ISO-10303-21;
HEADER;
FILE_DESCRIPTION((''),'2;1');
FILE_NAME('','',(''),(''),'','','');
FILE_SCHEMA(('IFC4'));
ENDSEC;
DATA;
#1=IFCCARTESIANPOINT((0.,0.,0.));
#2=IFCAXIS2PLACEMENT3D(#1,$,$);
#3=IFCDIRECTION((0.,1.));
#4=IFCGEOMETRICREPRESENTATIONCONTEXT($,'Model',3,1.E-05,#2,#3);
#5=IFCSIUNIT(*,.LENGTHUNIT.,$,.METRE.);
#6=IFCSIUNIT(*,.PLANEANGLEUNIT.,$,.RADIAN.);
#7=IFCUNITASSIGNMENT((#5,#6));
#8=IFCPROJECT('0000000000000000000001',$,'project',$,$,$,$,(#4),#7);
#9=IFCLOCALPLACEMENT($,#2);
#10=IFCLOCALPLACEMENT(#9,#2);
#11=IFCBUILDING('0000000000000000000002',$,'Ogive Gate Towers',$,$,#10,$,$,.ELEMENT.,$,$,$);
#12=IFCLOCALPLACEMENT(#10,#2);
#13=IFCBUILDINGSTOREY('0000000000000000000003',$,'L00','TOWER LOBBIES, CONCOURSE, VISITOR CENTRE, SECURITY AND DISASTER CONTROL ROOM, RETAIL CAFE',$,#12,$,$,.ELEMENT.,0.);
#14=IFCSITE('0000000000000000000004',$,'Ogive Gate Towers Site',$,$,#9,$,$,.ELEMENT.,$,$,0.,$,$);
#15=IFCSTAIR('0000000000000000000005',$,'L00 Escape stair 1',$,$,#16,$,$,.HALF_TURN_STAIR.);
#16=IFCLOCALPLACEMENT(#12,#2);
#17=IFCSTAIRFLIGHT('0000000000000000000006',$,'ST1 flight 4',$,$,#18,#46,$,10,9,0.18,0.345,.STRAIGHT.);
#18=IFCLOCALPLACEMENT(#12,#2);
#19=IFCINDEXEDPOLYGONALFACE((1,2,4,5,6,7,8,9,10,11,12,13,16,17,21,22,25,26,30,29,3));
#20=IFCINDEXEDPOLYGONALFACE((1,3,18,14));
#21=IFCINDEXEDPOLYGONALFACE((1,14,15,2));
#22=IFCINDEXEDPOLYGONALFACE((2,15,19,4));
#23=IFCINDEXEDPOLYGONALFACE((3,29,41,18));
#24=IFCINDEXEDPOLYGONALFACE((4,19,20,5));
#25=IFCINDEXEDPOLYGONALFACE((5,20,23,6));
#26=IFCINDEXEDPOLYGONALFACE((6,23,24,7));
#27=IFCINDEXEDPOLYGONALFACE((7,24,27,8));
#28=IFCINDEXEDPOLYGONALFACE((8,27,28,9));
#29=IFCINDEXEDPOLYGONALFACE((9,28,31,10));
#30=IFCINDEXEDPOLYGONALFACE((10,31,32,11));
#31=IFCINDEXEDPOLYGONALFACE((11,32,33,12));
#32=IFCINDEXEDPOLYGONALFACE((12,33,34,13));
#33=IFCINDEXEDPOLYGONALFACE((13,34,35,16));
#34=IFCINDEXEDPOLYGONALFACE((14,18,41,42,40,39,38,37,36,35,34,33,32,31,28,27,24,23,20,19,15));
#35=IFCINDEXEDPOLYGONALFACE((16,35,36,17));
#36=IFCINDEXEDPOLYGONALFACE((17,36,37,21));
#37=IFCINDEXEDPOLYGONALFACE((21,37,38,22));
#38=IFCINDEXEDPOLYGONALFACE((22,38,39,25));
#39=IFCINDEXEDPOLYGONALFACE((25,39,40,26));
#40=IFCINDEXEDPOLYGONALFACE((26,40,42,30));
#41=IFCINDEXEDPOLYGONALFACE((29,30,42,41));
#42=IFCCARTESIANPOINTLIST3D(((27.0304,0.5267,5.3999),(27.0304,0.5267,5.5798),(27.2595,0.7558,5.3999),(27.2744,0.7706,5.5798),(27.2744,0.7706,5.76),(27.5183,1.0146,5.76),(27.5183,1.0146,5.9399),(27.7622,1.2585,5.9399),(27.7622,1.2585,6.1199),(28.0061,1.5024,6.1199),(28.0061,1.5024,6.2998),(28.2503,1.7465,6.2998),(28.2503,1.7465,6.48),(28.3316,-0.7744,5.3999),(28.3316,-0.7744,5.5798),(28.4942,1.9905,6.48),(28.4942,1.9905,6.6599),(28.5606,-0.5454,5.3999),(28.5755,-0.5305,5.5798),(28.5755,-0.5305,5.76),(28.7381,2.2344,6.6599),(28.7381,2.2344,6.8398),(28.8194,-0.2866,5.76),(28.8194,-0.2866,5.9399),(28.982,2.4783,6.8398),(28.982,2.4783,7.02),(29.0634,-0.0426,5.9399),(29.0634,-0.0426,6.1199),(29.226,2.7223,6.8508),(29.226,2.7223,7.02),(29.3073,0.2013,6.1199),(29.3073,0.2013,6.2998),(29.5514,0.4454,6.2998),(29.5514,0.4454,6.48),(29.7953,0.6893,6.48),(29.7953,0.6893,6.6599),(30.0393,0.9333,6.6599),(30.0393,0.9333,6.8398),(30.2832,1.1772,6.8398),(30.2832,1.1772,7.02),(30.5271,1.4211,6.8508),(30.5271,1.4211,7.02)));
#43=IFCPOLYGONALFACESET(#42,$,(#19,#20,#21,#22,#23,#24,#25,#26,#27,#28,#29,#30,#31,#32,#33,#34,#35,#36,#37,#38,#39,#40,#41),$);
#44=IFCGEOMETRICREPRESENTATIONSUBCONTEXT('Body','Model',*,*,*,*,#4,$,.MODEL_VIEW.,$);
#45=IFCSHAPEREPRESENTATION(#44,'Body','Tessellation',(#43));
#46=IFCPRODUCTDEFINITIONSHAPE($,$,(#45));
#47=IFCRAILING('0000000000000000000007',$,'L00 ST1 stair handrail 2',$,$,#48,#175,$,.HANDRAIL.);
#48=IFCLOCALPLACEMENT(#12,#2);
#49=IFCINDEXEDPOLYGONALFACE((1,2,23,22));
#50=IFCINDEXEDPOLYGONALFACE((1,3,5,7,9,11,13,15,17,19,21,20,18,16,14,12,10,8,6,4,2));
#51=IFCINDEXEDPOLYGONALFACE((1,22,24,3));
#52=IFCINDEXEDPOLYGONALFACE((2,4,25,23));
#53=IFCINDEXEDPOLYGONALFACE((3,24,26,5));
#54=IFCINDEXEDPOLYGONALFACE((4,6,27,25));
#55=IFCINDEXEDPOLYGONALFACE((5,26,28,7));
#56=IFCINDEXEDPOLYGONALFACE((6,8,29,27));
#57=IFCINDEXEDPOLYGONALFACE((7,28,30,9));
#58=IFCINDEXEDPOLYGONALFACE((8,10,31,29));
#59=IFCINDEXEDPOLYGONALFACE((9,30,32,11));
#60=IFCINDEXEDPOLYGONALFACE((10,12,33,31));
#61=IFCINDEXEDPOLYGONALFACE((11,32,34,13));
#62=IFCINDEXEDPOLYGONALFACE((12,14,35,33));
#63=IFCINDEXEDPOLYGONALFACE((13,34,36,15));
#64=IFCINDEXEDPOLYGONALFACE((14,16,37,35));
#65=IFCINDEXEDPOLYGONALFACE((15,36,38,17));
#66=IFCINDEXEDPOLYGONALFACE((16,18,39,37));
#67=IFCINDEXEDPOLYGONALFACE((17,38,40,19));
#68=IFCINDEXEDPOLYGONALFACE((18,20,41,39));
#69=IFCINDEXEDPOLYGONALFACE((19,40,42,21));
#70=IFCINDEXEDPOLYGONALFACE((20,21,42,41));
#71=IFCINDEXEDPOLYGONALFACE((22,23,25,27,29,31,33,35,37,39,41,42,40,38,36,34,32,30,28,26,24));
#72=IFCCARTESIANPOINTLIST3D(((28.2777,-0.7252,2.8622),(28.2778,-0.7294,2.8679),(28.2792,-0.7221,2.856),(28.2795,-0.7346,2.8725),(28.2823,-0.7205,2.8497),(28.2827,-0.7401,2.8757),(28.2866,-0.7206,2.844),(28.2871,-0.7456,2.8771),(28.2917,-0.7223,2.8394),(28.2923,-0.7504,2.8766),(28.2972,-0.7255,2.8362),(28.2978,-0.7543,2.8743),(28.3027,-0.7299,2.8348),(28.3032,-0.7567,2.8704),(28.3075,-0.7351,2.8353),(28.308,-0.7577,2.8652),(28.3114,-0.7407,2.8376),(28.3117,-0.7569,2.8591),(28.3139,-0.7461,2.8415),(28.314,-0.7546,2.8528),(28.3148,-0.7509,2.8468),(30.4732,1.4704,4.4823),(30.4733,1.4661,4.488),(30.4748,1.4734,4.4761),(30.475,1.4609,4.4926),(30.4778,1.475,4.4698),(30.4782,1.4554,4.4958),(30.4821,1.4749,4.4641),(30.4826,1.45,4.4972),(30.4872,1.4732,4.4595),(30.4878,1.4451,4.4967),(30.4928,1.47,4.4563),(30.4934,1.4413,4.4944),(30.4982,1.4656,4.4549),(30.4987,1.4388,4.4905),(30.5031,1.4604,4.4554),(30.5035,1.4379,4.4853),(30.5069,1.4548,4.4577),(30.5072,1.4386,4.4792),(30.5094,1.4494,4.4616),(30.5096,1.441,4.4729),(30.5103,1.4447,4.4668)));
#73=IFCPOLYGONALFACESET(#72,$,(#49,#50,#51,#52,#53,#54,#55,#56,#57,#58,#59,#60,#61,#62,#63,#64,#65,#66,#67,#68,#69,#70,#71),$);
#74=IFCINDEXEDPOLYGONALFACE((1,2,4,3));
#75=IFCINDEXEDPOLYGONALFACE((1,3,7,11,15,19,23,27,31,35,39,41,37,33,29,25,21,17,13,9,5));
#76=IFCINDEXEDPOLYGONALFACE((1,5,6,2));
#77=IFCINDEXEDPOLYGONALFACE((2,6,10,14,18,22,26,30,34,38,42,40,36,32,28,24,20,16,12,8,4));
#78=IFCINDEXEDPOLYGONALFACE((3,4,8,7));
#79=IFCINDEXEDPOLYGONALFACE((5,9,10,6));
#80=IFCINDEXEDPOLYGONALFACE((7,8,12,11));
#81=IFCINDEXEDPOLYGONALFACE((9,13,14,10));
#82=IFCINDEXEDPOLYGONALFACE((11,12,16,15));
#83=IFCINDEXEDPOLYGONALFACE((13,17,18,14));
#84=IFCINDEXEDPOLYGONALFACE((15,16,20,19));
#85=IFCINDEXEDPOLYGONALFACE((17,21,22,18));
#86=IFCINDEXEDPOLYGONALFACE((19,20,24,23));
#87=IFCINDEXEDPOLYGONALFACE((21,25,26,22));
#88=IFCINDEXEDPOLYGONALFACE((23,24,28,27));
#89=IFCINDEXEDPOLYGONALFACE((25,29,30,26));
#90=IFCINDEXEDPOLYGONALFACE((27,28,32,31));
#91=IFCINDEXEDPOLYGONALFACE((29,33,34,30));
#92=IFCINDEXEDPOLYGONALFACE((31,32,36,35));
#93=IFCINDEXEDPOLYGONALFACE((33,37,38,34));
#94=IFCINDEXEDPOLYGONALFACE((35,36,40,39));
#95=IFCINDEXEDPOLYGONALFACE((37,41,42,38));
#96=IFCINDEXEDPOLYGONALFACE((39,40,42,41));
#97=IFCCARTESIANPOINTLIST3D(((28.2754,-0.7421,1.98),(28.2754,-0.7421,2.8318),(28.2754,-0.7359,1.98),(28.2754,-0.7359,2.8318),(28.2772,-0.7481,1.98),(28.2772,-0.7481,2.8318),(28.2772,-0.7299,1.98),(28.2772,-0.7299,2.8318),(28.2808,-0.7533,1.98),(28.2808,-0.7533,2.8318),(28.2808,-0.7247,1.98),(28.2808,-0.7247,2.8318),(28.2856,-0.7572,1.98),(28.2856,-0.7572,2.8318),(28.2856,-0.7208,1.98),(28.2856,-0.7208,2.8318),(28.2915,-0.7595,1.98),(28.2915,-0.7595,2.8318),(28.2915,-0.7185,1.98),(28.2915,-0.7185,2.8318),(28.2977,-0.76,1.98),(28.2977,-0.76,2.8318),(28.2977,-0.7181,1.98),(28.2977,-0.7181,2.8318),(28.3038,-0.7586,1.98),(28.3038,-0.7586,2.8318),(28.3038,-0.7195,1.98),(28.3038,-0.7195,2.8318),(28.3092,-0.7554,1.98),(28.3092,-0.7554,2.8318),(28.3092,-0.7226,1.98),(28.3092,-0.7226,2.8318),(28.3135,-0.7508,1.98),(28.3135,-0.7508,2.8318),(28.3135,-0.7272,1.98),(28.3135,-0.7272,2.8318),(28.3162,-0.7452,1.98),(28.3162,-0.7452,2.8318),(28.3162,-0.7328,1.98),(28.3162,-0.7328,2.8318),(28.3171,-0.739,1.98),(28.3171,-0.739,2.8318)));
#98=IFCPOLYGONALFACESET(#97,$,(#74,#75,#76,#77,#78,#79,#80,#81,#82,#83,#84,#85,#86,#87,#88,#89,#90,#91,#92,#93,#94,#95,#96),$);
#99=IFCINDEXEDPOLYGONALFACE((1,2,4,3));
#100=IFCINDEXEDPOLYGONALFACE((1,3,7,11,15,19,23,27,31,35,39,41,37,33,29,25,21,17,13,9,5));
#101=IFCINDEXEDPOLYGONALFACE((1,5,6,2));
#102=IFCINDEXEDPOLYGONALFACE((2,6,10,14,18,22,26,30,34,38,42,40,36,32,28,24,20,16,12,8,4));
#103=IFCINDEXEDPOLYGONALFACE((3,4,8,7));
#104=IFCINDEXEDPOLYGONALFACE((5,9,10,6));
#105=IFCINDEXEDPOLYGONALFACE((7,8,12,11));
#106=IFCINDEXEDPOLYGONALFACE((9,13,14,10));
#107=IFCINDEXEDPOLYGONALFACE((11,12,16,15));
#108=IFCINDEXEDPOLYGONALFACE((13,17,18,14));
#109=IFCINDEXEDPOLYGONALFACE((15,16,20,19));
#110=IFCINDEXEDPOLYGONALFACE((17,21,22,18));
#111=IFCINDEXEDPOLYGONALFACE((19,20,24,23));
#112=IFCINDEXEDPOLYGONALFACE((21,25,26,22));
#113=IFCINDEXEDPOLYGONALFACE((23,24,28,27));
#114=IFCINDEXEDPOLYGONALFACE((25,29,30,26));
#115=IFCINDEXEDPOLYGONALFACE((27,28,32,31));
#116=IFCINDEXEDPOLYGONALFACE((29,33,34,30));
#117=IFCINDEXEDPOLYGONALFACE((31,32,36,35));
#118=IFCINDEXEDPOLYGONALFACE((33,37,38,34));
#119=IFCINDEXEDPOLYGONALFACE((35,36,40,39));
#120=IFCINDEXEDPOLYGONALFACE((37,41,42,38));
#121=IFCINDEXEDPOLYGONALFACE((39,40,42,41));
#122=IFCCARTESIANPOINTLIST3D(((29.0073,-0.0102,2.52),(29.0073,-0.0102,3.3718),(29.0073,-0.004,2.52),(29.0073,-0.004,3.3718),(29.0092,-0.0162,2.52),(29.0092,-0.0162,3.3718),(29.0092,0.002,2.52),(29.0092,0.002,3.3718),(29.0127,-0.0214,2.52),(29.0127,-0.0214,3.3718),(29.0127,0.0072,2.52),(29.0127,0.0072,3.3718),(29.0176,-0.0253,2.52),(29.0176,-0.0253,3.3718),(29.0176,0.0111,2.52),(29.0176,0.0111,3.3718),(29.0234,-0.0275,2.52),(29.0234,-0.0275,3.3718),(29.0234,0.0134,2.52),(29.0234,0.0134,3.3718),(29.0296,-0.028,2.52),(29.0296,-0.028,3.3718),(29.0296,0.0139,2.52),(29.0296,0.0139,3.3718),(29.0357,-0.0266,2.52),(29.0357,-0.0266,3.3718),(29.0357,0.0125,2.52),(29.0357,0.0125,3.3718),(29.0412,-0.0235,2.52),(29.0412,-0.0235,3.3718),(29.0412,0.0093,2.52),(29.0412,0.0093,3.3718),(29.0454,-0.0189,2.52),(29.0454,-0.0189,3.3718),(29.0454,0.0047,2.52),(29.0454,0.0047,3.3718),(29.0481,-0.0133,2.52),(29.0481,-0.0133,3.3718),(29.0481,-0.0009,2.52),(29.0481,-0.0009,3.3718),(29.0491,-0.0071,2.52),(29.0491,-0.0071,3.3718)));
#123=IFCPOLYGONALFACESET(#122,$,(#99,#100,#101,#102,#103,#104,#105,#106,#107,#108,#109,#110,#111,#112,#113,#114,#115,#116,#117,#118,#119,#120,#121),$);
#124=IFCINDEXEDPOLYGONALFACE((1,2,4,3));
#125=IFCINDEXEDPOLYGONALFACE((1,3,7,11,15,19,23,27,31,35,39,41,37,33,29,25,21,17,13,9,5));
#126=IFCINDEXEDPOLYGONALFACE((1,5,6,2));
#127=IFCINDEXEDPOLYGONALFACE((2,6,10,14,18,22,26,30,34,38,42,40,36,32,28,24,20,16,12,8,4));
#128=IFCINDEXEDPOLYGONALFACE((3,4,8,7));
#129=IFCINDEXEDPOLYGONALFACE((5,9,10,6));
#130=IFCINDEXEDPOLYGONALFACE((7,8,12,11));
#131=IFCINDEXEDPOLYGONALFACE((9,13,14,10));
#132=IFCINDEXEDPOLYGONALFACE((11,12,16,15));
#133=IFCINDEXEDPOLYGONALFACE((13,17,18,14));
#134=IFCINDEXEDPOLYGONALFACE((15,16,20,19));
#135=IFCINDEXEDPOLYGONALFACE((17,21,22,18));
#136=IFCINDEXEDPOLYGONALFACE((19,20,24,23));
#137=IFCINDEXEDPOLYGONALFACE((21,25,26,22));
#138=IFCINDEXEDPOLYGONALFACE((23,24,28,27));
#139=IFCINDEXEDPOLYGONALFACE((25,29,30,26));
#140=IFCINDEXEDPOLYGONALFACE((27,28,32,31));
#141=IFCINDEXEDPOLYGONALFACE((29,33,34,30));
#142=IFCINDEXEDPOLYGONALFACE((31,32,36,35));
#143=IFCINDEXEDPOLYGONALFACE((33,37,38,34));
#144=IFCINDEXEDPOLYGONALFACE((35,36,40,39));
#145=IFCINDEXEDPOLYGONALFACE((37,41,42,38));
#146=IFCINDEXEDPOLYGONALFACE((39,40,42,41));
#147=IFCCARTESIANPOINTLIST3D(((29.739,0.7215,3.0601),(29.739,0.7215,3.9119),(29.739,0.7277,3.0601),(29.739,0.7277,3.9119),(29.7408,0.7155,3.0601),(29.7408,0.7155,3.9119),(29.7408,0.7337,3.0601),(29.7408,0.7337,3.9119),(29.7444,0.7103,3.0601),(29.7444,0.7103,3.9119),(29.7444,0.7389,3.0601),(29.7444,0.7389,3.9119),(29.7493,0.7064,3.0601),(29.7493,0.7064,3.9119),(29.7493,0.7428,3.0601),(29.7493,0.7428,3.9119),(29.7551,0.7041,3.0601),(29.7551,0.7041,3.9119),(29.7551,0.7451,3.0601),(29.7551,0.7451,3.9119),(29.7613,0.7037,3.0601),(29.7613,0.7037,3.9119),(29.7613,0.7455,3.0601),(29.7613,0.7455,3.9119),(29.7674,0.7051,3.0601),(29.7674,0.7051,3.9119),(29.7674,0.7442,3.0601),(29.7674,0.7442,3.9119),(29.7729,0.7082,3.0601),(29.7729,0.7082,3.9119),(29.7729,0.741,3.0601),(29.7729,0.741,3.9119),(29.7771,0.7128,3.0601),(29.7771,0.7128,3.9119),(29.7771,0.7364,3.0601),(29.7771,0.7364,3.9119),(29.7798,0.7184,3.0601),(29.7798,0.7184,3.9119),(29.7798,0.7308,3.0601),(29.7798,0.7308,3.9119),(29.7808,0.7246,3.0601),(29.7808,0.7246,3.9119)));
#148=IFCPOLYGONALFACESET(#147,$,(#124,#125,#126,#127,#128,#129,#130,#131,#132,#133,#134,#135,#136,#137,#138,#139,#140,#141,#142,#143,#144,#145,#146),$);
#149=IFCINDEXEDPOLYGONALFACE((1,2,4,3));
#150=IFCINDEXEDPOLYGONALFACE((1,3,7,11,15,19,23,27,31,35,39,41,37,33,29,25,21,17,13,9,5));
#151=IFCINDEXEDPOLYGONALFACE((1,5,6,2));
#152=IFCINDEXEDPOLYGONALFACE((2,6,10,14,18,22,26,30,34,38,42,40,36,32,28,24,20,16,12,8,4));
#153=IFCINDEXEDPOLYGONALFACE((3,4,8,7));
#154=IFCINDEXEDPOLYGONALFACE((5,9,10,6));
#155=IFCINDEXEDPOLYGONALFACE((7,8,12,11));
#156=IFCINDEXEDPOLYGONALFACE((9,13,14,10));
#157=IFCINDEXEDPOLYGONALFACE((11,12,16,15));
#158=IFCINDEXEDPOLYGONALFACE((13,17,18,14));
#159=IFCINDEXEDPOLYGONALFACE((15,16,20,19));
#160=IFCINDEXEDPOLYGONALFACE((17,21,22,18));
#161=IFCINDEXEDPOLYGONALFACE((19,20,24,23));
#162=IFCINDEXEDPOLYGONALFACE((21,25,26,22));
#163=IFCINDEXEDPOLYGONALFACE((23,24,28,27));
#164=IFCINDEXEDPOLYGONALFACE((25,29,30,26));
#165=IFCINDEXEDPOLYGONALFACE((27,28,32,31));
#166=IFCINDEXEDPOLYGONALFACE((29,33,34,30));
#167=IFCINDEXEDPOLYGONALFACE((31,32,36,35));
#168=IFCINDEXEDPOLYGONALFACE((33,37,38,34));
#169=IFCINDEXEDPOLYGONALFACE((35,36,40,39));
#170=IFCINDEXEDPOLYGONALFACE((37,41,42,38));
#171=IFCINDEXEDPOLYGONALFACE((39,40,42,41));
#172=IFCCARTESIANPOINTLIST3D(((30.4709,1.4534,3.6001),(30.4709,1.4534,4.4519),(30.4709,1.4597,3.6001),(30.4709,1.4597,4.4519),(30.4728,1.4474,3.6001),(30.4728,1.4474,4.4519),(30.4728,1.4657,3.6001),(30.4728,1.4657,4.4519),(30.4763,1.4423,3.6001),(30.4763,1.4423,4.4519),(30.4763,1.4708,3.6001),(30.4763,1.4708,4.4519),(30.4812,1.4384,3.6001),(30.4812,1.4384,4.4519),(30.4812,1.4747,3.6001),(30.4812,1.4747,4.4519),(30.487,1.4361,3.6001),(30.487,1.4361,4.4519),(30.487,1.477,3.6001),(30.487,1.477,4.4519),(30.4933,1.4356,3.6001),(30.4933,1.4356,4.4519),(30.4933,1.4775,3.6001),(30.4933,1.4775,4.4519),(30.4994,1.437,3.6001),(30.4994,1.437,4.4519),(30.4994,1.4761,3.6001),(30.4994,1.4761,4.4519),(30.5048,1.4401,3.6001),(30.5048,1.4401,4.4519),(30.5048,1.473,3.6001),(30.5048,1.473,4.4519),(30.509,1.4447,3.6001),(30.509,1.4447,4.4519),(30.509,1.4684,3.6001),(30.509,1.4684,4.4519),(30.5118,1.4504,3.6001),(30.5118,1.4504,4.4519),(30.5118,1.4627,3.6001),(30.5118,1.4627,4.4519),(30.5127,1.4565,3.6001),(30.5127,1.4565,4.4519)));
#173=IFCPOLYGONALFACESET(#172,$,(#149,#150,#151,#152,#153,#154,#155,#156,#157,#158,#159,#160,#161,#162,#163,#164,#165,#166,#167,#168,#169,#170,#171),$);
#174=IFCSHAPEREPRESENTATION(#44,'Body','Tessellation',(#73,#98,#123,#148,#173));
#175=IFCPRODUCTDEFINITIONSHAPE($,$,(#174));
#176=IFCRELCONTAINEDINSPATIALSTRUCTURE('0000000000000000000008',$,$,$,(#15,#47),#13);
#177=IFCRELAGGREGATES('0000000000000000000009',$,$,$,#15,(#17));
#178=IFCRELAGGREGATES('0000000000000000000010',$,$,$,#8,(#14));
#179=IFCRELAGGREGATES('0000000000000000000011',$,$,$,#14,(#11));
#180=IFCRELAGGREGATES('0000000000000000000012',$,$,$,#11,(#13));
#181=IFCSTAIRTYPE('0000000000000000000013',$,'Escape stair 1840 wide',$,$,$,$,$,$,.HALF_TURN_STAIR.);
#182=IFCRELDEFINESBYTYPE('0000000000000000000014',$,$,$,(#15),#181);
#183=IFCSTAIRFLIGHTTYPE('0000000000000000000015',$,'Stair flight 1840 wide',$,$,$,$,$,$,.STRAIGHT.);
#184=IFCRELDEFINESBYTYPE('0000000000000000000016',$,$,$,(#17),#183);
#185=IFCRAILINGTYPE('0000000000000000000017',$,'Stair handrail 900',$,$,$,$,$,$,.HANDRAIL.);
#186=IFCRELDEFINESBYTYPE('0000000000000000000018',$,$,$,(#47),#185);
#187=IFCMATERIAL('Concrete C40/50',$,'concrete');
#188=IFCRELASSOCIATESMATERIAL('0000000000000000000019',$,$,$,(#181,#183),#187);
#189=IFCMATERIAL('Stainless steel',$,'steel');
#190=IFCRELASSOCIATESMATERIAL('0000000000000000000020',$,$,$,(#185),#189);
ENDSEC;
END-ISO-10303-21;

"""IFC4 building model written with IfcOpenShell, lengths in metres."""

from ifc_helpers import new_model, si_unit, direction, frame, origin, origin_2d, place, context, subcontext, project, spatial, polyline, circle, outline, extrude, material, type_object, element, aggregate, save


model = new_model("IFC4")

# Units and contexts
model_context = context("Model", 3, precision=1e-05, world=origin(), true_north=direction((0.0, 1.0)))
body_context = subcontext(model_context, "Body", "Model", "MODEL_VIEW")
ifc_project = project(units=[si_unit("LENGTHUNIT", "METRE"), si_unit("PLANEANGLEUNIT", "RADIAN")], contexts=[model_context])

# Site, building, storey
site_placement = place(None, origin())
site = spatial("IfcSite", under=ifc_project, at=site_placement, Name="Ogive Gate Towers Site", CompositionType="ELEMENT", RefElevation=0.0)
building_placement = place(site_placement, origin())
building = spatial("IfcBuilding", under=site, at=building_placement, Name="Ogive Gate Towers", CompositionType="ELEMENT")
storey_placement = place(building_placement, origin())
storey = spatial("IfcBuildingStorey", under=building, at=storey_placement, Name="L00", Description="TOWER LOBBIES, CONCOURSE, VISITOR CENTRE, SECURITY AND DISASTER CONTROL ROOM, RETAIL CAFE", CompositionType="ELEMENT", Elevation=0.0)

# Stair, stair flight
ifc_material_1 = material(Name="Concrete C40/50", Category="concrete")
stair_type = type_object("IfcStairType", Name="Escape stair 1840 wide", PredefinedType="HALF_TURN_STAIR", material=ifc_material_1)
stair_placement = place(storey_placement, origin())
stair = element("IfcStair", 1, at=stair_placement, inside=storey, type_object=stair_type, Name="L00 Escape stair 1", PredefinedType="HALF_TURN_STAIR")
stair_flight_type = type_object("IfcStairFlightType", Name="Stair flight 1840 wide", PredefinedType="STRAIGHT", material=ifc_material_1)
stair_flight_1_placement = place(storey_placement, frame((27.6809, -0.1238, 5.3999), z_axis=(0.0, 0.0, 1.0), x_axis=(0.707107, 0.707107, 0.0)))
stair_flight_1 = element("IfcStairFlight", 2, at=stair_flight_1_placement, type_object=stair_flight_type, Name="ST1 flight 4", NumberOfRisers=10, NumberOfTreads=9, PredefinedType="STRAIGHT", RiserHeight=0.18, TreadLength=0.345, context=body_context, shape_type="SweptSolid", body=[
    extrude(outline(polyline([(0.0, 0.0), (0.0, 0.1799), (0.345, 0.1799), (0.345, 0.3601), (0.6899, 0.3601), (0.6899, 0.54), (1.0349, 0.54), (1.0349, 0.72), (1.3799, 0.72), (1.3799, 0.8999), (1.7251, 0.8999), (1.7251, 1.0801), (2.0701, 1.0801), (2.0701, 1.26), (2.415, 1.26), (2.415, 1.4399), (2.76, 1.4399), (2.76, 1.6201), (3.105, 1.6201), (3.105, 1.8), (3.105, 1.4509), (0.324, 0.0), (0.0, 0.0)])), frame((0.0, 0.9199, 0.0), z_axis=(0.0, -1.0, 0.0), x_axis=(1.0, 0.0, 0.0)), (0.0, 0.0, 1.0), 1.8401),
])
aggregate(stair, [stair_flight_1])

# Railing
ifc_material_2 = material(Name="Stainless steel", Category="steel")
railing_type = type_object("IfcRailingType", Name="Stair handrail 900", PredefinedType="HANDRAIL", material=ifc_material_2)
railing_1_placement = place(storey_placement, frame((28.2961, -0.739, 1.98)))
element("IfcRailing", 3, at=railing_1_placement, inside=storey, type_object=railing_type, Name="L00 ST1 stair handrail 2", PredefinedType="HANDRAIL", context=body_context, shape_type="SweptSolid", body=[
    extrude(circle(Radius=0.0239, at=origin_2d()), frame((0.0, 0.0, 0.876), z_axis=(0.6269, 0.6269, 0.462594), x_axis=(-0.707107, 0.707107, 0.0)), (0.0, 0.0, 1.0), 3.5022),
    extrude(circle(Radius=0.021, at=origin_2d()), origin(), (0.0, 0.0, 1.0), 0.8518),
    extrude(circle(Radius=0.021, at=origin_2d()), frame((0.7319, 0.7319, 0.54)), (0.0, 0.0, 1.0), 0.8518),
    extrude(circle(Radius=0.021, at=origin_2d()), frame((1.4636, 1.4636, 1.0801)), (0.0, 0.0, 1.0), 0.8518),
    extrude(circle(Radius=0.021, at=origin_2d()), frame((2.1956, 2.1956, 1.6201)), (0.0, 0.0, 1.0), 0.8518),
])

save(model, "model.ifc")
